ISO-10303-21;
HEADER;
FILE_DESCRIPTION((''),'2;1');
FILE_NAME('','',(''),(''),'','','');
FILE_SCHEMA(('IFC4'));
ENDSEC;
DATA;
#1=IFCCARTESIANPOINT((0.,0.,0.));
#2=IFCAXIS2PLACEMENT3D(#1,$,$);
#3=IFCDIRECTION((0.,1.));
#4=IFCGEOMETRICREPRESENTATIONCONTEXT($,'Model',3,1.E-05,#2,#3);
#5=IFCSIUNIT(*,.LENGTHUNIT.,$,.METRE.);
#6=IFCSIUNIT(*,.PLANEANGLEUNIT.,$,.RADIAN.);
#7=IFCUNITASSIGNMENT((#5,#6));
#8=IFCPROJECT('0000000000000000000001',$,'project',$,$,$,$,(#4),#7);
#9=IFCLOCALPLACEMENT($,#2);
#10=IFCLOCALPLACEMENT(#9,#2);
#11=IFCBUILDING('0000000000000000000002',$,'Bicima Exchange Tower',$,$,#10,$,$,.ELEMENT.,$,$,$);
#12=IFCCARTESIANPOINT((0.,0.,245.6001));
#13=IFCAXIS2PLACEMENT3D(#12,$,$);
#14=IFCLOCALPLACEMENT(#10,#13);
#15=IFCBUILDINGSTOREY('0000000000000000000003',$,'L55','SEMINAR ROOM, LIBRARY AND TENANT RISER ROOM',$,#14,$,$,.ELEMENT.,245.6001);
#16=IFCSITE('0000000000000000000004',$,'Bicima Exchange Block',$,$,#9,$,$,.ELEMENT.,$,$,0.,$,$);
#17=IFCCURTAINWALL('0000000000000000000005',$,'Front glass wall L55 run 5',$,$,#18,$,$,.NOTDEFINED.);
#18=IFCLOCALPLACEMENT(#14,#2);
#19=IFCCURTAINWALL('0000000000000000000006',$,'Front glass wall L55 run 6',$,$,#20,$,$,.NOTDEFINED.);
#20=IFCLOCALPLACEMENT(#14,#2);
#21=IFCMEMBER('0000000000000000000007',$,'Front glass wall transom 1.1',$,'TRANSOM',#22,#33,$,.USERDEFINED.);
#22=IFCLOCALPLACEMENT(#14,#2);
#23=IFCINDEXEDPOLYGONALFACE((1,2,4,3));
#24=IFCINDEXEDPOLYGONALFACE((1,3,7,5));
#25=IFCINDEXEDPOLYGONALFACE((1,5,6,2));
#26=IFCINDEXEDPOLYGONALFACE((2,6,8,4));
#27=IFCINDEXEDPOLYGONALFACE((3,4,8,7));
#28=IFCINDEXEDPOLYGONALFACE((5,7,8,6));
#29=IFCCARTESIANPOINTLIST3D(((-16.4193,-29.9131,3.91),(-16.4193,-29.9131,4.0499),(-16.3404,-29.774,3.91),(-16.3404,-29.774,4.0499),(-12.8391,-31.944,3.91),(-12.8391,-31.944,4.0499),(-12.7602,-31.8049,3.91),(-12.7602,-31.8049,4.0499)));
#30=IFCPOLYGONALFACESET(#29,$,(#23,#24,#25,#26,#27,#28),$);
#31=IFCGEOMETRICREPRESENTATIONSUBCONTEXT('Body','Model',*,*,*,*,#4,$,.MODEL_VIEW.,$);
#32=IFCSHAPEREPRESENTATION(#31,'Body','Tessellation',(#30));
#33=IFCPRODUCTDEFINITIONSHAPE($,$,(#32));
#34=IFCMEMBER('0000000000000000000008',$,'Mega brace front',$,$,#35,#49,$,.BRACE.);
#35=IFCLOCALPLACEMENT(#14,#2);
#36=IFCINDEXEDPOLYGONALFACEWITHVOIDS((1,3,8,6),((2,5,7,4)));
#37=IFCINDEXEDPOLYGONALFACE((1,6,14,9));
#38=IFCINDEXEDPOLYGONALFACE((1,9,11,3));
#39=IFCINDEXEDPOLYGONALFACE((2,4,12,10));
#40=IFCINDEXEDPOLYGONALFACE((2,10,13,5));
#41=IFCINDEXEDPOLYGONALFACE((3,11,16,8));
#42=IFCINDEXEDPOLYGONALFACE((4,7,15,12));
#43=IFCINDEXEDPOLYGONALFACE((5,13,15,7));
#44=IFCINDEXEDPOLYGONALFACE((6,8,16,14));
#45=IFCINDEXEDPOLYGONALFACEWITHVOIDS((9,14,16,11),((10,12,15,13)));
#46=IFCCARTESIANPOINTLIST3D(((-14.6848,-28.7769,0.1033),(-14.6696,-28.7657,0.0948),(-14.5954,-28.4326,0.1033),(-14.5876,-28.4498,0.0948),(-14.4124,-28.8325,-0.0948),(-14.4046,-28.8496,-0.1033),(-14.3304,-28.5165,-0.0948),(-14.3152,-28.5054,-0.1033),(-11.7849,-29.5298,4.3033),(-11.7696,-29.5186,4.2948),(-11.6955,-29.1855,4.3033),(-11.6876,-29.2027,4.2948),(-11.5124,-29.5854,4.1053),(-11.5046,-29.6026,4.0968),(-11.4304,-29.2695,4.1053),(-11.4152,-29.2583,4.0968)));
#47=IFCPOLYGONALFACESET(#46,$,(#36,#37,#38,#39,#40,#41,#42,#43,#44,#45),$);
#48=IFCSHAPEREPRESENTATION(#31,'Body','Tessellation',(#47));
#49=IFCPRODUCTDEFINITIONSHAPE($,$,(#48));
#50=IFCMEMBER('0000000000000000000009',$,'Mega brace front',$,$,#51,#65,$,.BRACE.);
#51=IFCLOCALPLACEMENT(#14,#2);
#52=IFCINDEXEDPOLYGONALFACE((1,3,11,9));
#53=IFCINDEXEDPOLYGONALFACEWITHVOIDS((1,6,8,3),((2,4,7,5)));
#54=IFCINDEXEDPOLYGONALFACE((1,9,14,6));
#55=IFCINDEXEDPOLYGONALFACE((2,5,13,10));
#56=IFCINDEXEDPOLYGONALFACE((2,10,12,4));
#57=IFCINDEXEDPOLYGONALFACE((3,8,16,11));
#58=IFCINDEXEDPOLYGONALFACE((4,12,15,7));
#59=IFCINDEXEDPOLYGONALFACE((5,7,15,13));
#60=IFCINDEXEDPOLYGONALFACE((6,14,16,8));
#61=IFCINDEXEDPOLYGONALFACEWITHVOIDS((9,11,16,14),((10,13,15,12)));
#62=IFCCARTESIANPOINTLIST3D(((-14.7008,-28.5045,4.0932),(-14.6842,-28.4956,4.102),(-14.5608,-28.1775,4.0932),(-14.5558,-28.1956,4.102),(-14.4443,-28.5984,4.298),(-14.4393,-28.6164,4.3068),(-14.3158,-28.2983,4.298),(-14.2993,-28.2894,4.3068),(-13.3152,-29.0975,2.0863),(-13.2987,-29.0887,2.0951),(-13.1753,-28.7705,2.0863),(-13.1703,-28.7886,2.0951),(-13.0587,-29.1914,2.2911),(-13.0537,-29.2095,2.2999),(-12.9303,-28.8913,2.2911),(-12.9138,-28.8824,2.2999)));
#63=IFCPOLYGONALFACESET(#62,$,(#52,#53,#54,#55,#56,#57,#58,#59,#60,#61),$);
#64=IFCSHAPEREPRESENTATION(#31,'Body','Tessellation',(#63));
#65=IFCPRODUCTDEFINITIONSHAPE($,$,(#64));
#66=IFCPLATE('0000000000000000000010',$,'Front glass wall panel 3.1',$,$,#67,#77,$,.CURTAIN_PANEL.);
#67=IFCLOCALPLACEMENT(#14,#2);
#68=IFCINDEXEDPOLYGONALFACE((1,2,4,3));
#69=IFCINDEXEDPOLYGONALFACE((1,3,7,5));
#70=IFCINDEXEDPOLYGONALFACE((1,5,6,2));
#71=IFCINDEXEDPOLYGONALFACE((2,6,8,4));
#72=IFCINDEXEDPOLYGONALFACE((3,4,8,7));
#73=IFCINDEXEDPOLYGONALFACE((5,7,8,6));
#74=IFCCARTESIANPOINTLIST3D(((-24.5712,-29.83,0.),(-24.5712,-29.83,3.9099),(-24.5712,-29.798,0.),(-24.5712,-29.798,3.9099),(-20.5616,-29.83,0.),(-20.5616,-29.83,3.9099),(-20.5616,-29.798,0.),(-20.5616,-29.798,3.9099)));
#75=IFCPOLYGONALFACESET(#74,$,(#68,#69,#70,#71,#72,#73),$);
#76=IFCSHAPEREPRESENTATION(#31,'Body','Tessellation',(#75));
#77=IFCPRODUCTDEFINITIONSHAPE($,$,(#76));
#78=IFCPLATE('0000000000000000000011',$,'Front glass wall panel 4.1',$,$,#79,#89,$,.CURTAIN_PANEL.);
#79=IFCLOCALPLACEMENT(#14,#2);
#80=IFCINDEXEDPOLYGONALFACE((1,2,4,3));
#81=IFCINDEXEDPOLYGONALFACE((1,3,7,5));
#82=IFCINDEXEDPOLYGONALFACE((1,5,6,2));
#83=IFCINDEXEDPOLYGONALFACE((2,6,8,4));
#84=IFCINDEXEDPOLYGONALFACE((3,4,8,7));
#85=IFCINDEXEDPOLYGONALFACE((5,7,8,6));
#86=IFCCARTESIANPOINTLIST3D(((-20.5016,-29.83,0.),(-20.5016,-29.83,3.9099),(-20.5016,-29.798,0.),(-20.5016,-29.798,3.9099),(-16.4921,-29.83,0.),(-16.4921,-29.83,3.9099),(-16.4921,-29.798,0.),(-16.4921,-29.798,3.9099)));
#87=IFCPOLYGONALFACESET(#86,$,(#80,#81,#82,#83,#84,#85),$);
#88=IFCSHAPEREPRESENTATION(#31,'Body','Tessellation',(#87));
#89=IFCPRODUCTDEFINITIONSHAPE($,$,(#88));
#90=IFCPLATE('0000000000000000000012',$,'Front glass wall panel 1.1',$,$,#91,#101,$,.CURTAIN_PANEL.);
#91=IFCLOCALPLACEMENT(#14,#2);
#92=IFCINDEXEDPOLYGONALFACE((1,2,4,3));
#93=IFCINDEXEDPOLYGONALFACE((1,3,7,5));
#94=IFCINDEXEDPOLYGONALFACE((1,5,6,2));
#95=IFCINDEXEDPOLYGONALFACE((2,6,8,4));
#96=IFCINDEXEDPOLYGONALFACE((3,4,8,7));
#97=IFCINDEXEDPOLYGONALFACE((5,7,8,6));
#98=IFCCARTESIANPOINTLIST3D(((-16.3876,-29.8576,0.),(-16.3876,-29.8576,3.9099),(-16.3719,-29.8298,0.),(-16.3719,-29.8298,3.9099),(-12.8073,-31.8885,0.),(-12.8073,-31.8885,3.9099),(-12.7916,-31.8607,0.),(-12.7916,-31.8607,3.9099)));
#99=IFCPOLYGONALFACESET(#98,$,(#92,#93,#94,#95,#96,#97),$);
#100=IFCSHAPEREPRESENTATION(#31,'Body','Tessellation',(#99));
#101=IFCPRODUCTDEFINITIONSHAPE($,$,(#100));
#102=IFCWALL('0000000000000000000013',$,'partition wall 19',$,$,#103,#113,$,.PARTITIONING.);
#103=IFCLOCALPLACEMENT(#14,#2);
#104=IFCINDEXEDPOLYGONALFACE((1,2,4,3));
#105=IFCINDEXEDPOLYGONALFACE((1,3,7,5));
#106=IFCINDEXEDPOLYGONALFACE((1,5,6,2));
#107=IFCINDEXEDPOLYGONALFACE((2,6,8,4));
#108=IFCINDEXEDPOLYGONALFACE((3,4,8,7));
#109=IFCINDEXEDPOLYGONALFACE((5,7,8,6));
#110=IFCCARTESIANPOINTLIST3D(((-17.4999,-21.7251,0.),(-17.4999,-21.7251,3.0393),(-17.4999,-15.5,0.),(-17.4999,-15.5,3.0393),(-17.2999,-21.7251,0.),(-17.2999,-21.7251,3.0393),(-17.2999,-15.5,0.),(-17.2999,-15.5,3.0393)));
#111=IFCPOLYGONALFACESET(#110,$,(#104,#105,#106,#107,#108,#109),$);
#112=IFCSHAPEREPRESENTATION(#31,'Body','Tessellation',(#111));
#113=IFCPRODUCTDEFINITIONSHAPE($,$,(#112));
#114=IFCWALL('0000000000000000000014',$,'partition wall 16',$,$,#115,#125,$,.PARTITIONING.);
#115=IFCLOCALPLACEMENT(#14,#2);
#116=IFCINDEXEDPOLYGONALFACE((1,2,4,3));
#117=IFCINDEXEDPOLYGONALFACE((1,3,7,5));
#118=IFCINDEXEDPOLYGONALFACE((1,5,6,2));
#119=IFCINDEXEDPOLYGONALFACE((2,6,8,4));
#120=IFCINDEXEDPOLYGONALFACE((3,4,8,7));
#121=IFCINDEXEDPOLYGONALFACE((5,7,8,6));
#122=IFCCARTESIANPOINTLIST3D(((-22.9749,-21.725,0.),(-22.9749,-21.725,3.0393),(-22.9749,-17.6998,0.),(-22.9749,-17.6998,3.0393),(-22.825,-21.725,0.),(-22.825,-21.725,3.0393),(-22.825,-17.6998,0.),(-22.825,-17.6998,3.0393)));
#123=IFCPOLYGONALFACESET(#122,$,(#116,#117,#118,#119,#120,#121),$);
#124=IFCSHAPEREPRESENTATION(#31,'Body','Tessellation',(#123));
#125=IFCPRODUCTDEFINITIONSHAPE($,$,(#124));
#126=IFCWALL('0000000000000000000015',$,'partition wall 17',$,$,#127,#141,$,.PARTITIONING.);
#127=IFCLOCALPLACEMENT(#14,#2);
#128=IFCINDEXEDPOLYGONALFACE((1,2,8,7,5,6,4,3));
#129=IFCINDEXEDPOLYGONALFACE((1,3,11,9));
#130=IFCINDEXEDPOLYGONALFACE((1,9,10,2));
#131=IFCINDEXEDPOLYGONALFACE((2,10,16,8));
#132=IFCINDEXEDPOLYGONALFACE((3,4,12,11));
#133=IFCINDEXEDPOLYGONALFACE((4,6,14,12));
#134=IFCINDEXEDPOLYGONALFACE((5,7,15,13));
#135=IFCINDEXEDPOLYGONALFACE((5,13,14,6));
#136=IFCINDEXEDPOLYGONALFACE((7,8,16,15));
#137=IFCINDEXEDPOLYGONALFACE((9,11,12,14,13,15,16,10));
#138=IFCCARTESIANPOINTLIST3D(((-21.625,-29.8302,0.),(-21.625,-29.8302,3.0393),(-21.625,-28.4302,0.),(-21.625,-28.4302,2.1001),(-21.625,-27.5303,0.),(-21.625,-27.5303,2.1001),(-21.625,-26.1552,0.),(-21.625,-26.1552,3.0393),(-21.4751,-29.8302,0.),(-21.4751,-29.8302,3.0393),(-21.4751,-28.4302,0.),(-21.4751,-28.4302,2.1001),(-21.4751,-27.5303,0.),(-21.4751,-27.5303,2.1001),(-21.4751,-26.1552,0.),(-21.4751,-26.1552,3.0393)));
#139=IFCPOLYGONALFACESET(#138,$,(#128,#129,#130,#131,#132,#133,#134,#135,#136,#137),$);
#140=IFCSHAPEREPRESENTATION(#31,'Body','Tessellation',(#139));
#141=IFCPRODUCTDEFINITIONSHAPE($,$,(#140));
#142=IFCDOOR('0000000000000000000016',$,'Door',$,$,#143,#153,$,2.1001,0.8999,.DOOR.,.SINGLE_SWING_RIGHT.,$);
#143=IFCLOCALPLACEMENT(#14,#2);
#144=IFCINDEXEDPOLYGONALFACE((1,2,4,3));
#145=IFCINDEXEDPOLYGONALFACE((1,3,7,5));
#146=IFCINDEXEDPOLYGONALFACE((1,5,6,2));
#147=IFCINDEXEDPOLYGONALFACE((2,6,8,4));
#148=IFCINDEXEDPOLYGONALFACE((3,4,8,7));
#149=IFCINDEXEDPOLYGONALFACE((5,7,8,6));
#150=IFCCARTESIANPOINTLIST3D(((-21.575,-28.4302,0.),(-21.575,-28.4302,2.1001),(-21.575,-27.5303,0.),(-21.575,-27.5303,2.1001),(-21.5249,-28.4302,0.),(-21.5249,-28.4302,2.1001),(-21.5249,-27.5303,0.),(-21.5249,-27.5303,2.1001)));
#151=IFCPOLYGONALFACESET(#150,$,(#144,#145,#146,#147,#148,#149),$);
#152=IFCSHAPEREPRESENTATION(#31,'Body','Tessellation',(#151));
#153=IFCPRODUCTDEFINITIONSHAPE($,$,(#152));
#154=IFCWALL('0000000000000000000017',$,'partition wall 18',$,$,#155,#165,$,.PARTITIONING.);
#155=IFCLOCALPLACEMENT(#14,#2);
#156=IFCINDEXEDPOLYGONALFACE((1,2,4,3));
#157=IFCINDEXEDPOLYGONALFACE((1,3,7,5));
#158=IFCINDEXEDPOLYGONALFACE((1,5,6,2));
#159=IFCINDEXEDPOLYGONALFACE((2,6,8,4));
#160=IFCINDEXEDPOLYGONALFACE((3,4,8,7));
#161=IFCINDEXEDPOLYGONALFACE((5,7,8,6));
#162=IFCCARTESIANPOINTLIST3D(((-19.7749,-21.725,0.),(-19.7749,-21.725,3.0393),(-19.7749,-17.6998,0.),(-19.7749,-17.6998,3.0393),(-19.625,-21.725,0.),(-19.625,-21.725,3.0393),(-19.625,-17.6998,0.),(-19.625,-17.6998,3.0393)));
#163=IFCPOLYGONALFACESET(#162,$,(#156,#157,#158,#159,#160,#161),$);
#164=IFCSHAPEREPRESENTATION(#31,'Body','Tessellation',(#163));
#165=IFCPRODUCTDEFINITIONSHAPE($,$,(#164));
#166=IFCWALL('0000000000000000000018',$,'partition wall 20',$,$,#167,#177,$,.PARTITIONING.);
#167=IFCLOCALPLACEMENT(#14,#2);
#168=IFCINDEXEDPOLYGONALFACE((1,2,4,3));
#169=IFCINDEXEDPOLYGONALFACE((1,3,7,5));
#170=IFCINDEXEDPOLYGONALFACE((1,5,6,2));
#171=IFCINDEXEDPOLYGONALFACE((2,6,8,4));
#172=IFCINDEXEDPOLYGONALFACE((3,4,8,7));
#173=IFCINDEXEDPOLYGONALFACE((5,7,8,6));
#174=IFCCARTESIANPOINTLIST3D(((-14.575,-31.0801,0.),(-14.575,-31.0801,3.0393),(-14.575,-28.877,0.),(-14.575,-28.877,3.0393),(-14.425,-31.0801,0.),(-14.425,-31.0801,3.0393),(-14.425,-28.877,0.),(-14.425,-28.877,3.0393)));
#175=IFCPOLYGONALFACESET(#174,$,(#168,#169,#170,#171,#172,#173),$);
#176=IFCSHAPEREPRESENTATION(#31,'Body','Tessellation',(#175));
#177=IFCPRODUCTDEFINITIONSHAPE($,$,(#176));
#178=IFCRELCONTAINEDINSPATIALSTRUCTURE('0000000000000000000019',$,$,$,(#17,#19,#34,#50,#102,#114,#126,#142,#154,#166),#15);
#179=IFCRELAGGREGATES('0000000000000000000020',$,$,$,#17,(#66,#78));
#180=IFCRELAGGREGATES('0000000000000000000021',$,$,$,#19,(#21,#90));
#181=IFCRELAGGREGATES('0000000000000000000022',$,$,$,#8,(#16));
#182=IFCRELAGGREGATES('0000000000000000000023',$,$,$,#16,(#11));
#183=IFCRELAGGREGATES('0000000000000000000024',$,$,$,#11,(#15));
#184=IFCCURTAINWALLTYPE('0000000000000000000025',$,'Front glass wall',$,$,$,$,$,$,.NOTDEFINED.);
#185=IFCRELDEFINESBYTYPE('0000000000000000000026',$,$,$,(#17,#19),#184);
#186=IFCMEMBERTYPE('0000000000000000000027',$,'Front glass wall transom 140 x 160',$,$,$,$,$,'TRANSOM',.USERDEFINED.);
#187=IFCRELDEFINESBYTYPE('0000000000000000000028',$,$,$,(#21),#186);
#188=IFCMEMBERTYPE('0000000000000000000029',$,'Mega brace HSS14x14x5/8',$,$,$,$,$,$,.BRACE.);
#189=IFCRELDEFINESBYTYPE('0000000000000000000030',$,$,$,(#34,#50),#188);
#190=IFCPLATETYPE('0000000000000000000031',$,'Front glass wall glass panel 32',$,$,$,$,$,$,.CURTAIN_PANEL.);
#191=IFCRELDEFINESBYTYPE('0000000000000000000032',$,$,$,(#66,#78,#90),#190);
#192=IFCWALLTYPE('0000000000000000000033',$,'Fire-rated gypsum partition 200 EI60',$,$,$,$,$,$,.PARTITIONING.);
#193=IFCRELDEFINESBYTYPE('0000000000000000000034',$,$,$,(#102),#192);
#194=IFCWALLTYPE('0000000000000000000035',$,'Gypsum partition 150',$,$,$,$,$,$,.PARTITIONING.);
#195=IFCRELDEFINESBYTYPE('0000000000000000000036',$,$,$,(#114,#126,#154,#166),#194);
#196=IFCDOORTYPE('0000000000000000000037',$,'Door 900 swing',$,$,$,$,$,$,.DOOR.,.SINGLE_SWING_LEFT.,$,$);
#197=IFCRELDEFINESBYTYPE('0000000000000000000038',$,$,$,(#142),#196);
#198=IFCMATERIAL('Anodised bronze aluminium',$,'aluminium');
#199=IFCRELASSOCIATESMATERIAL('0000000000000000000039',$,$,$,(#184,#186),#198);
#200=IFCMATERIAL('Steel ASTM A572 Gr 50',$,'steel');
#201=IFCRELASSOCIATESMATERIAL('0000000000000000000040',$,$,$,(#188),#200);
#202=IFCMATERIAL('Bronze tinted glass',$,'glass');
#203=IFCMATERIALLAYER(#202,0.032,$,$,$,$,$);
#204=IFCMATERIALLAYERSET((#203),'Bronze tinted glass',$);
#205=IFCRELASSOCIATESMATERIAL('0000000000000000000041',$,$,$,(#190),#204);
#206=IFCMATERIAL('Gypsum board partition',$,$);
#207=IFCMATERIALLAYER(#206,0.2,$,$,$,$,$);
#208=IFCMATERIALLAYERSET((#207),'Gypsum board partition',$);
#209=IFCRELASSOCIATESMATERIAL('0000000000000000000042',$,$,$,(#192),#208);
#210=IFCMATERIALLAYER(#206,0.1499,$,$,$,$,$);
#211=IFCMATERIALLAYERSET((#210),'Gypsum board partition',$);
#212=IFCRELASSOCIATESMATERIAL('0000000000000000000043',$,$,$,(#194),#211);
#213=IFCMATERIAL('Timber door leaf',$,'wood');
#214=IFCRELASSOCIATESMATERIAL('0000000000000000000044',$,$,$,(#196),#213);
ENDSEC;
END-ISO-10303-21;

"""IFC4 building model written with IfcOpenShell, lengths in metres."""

from ifc_helpers import new_model, si_unit, direction, frame, frame_2d, origin, origin_2d, place, context, subcontext, project, spatial, rectangle, hollow_rectangle, extrude, material, layer, layer_set, material_profile, profile_set, type_object, element, fill, aggregate, save


model = new_model("IFC4")

# Units and contexts
model_context = context("Model", 3, precision=1e-05, world=origin(), true_north=direction((0.0, 1.0)))
body_context = subcontext(model_context, "Body", "Model", "MODEL_VIEW")
ifc_project = project(units=[si_unit("LENGTHUNIT", "METRE"), si_unit("PLANEANGLEUNIT", "RADIAN")], contexts=[model_context])

# Site, building, storey
site_placement = place(None, origin())
site = spatial("IfcSite", under=ifc_project, at=site_placement, Name="Bicima Exchange Block", CompositionType="ELEMENT", RefElevation=0.0)
building_placement = place(site_placement, origin())
building = spatial("IfcBuilding", under=site, at=building_placement, Name="Bicima Exchange Tower", CompositionType="ELEMENT")
storey_placement = place(building_placement, frame((0.0, 0.0, 245.6001)))
storey = spatial("IfcBuildingStorey", under=building, at=storey_placement, Name="L55", Description="SEMINAR ROOM, LIBRARY AND TENANT RISER ROOM", CompositionType="ELEMENT", Elevation=245.6001)

# Curtain wall
ifc_material_1 = material(Name="Anodised bronze aluminium", Category="aluminium")
curtain_wall_type = type_object("IfcCurtainWallType", Name="Front glass wall", PredefinedType="NOTDEFINED", material=ifc_material_1)
curtain_wall_1_placement = place(storey_placement, origin())
curtain_wall_1 = element("IfcCurtainWall", 1, at=curtain_wall_1_placement, inside=storey, type_object=curtain_wall_type, Name="Front glass wall L55 run 5", PredefinedType="NOTDEFINED")

# Curtain wall
curtain_wall_2_placement = place(storey_placement, origin())
curtain_wall_2 = element("IfcCurtainWall", 2, at=curtain_wall_2_placement, inside=storey, type_object=curtain_wall_type, Name="Front glass wall L55 run 6", PredefinedType="NOTDEFINED")

# Member
ifc_material_profile_1 = material_profile(ifc_material_1, rectangle(XDim=0.1599, YDim=0.1399, at=origin_2d()))
ifc_profile_set_1 = profile_set([ifc_material_profile_1], Name="Anodised bronze aluminium")
member_type_1 = type_object("IfcMemberType", Name="Front glass wall transom 140 x 160", ElementType="TRANSOM", PredefinedType="USERDEFINED", material=ifc_profile_set_1)
member_1_placement = place(storey_placement, frame((-16.3799, -29.8435, 3.98), z_axis=(0.869797, -0.493409, 0.0), x_axis=(0.493409, 0.869797, 0.0)))
member_1 = element("IfcMember", 3, at=member_1_placement, type_object=member_type_1, Name="Front glass wall transom 1.1", ObjectType="TRANSOM", PredefinedType="USERDEFINED", context=body_context, shape_type="SweptSolid", body=[
    extrude(rectangle(XDim=0.1599, YDim=0.1399, at=origin_2d()), origin(), (0.0, 0.0, 1.0), 4.1162),
])

# Members
ifc_material_2 = material(Name="Steel ASTM A572 Gr 50", Category="steel")
ifc_material_profile_2 = material_profile(ifc_material_2, hollow_rectangle(XDim=0.3557, YDim=0.3557, WallThickness=0.0146, at=origin_2d()))
ifc_profile_set_2 = profile_set([ifc_material_profile_2], Name="Steel ASTM A572 Gr 50")
member_type_2 = type_object("IfcMemberType", Name="Mega brace HSS14x14x5/8", PredefinedType="BRACE", material=ifc_profile_set_2)
member_2_placement = place(storey_placement, frame((-14.5, -28.6411, 0.0), z_axis=(0.562099, -0.145943, 0.814092), x_axis=(0.251307, 0.967907, 0.0)))
element("IfcMember", 4, at=member_2_placement, inside=storey, type_object=member_type_2, Name="Mega brace front", PredefinedType="BRACE", context=body_context, shape_type="SweptSolid", body=[
    extrude(hollow_rectangle(XDim=0.3557, YDim=0.3557, WallThickness=0.0146, at=origin_2d()), origin(), (0.0, 0.0, 1.0), 5.1592),
])
member_3_placement = place(storey_placement, frame((-13.1145, -28.99, 2.1931), z_axis=(-0.552054, 0.236289, 0.799627), x_axis=(-0.393489, -0.919329, 0.0)))
element("IfcMember", 5, at=member_3_placement, inside=storey, type_object=member_type_2, Name="Mega brace front", PredefinedType="BRACE", context=body_context, shape_type="SweptSolid", body=[
    extrude(hollow_rectangle(XDim=0.3557, YDim=0.3557, WallThickness=0.0146, at=origin_2d()), origin(), (0.0, 0.0, 1.0), 2.5098),
])

# Plates
ifc_material_3 = material(Name="Bronze tinted glass", Category="glass")
ifc_layer_1 = layer(ifc_material_3, 0.032)
ifc_layer_set_1 = layer_set([ifc_layer_1], Name="Bronze tinted glass")
plate_type = type_object("IfcPlateType", Name="Front glass wall glass panel 32", PredefinedType="CURTAIN_PANEL", material=ifc_layer_set_1)
plate_1_placement = place(storey_placement, frame((-22.5664, -29.814, 0.0), z_axis=(0.0, 0.0, 1.0), x_axis=(1.0, 0.0, 0.0)))
plate_1 = element("IfcPlate", 6, at=plate_1_placement, type_object=plate_type, Name="Front glass wall panel 3.1", PredefinedType="CURTAIN_PANEL", context=body_context, shape_type="SweptSolid", body=[
    extrude(rectangle(XDim=4.0095, YDim=0.032, at=origin_2d()), origin(), (0.0, 0.0, 1.0), 3.9099),
])
plate_2_placement = place(storey_placement, frame((-18.4968, -29.814, 0.0), z_axis=(0.0, 0.0, 1.0), x_axis=(1.0, 0.0, 0.0)))
plate_2 = element("IfcPlate", 7, at=plate_2_placement, type_object=plate_type, Name="Front glass wall panel 4.1", PredefinedType="CURTAIN_PANEL", context=body_context, shape_type="SweptSolid", body=[
    extrude(rectangle(XDim=4.0095, YDim=0.032, at=origin_2d()), origin(), (0.0, 0.0, 1.0), 3.9099),
])
aggregate(curtain_wall_1, [plate_1, plate_2])
plate_3_placement = place(storey_placement, frame((-14.5896, -30.8591, 0.0), z_axis=(0.0, 0.0, 1.0), x_axis=(0.869805, -0.493395, 0.0)))
plate_3 = element("IfcPlate", 8, at=plate_3_placement, type_object=plate_type, Name="Front glass wall panel 1.1", PredefinedType="CURTAIN_PANEL", context=body_context, shape_type="SweptSolid", body=[
    extrude(rectangle(XDim=4.1162, YDim=0.032, at=origin_2d()), origin(), (0.0, 0.0, 1.0), 3.9099),
])
aggregate(curtain_wall_2, [member_1, plate_3])

# Walls
ifc_material_4 = material(Name="Gypsum board partition")
ifc_layer_2 = layer(ifc_material_4, 0.2)
ifc_layer_set_2 = layer_set([ifc_layer_2], Name="Gypsum board partition")
wall_type_1 = type_object("IfcWallType", Name="Fire-rated gypsum partition 200 EI60", PredefinedType="PARTITIONING", material=ifc_layer_set_2)
wall_1_placement = place(storey_placement, frame((-17.3999, -21.7251, 0.0), z_axis=(0.0, 0.0, 1.0), x_axis=(0.0, 1.0, 0.0)))
element("IfcWall", 9, at=wall_1_placement, inside=storey, type_object=wall_type_1, Name="partition wall 19", PredefinedType="PARTITIONING", context=body_context, shape_type="SweptSolid", body=[
    extrude(rectangle(XDim=6.2251, YDim=0.2, at=frame_2d((3.1125, 0.0))), origin(), (0.0, 0.0, 1.0), 3.0393),
])
ifc_layer_3 = layer(ifc_material_4, 0.1499)
ifc_layer_set_3 = layer_set([ifc_layer_3], Name="Gypsum board partition")
wall_type_2 = type_object("IfcWallType", Name="Gypsum partition 150", PredefinedType="PARTITIONING", material=ifc_layer_set_3)
wall_2_placement = place(storey_placement, frame((-22.8999, -21.7251, 0.0), z_axis=(0.0, 0.0, 1.0), x_axis=(0.0, 1.0, 0.0)))
element("IfcWall", 10, at=wall_2_placement, inside=storey, type_object=wall_type_2, Name="partition wall 16", PredefinedType="PARTITIONING", context=body_context, shape_type="SweptSolid", body=[
    extrude(rectangle(XDim=4.0251, YDim=0.1499, at=frame_2d((2.0127, 0.0))), origin(), (0.0, 0.0, 1.0), 3.0393),
])

# Wall, opening, door
wall_3_placement = place(storey_placement, frame((-21.55, -29.8301, 0.0), z_axis=(0.0, 0.0, 1.0), x_axis=(0.0, 1.0, 0.0)))
wall_3 = element("IfcWall", 11, at=wall_3_placement, inside=storey, type_object=wall_type_2, Name="partition wall 17", PredefinedType="PARTITIONING", context=body_context, shape_type="SweptSolid", body=[
    extrude(rectangle(XDim=3.675, YDim=0.1499, at=frame_2d((1.8374, 0.0))), origin(), (0.0, 0.0, 1.0), 3.0393),
])
opening_placement = place(wall_3_placement, frame((1.3999, 0.0, 0.0)))
opening = element("IfcOpeningElement", 12, at=opening_placement, cuts=wall_3, PredefinedType="OPENING", context=body_context, shape_type="SweptSolid", body=[
    extrude(rectangle(XDim=0.8999, YDim=2.1001, at=frame_2d((0.45, 1.05))), frame((0.0, 0.0869, 0.0), z_axis=(0.0, -1.0, 0.0), x_axis=(1.0, 0.0, 0.0)), (0.0, 0.0, 1.0), 0.1738),
])
ifc_material_5 = material(Name="Timber door leaf", Category="wood")
door_type = type_object("IfcDoorType", Name="Door 900 swing", OperationType="SINGLE_SWING_LEFT", PredefinedType="DOOR", material=ifc_material_5)
door_placement = place(opening_placement, origin())
door = element("IfcDoor", 13, at=door_placement, inside=storey, type_object=door_type, Name="Door", OperationType="SINGLE_SWING_RIGHT", OverallHeight=2.1001, OverallWidth=0.8999, PredefinedType="DOOR", context=body_context, shape_type="SweptSolid", body=[
    extrude(rectangle(XDim=0.8999, YDim=2.1001, at=frame_2d((0.45, 1.05))), frame((0.0, 0.0249, 0.0), z_axis=(0.0, -1.0, 0.0), x_axis=(1.0, 0.0, 0.0)), (0.0, 0.0, 1.0), 0.05),
])
fill(opening, door)

# Walls
wall_4_placement = place(storey_placement, frame((-19.7, -21.7251, 0.0), z_axis=(0.0, 0.0, 1.0), x_axis=(0.0, 1.0, 0.0)))
element("IfcWall", 14, at=wall_4_placement, inside=storey, type_object=wall_type_2, Name="partition wall 18", PredefinedType="PARTITIONING", context=body_context, shape_type="SweptSolid", body=[
    extrude(rectangle(XDim=4.0251, YDim=0.1499, at=frame_2d((2.0127, 0.0))), origin(), (0.0, 0.0, 1.0), 3.0393),
])
wall_5_placement = place(storey_placement, frame((-14.5, -31.0801, 0.0), z_axis=(0.0, 0.0, 1.0), x_axis=(0.0, 1.0, 0.0)))
element("IfcWall", 15, at=wall_5_placement, inside=storey, type_object=wall_type_2, Name="partition wall 20", PredefinedType="PARTITIONING", context=body_context, shape_type="SweptSolid", body=[
    extrude(rectangle(XDim=2.2031, YDim=0.1499, at=frame_2d((1.1016, 0.0))), origin(), (0.0, 0.0, 1.0), 3.0393),
])

save(model, "model.ifc")
